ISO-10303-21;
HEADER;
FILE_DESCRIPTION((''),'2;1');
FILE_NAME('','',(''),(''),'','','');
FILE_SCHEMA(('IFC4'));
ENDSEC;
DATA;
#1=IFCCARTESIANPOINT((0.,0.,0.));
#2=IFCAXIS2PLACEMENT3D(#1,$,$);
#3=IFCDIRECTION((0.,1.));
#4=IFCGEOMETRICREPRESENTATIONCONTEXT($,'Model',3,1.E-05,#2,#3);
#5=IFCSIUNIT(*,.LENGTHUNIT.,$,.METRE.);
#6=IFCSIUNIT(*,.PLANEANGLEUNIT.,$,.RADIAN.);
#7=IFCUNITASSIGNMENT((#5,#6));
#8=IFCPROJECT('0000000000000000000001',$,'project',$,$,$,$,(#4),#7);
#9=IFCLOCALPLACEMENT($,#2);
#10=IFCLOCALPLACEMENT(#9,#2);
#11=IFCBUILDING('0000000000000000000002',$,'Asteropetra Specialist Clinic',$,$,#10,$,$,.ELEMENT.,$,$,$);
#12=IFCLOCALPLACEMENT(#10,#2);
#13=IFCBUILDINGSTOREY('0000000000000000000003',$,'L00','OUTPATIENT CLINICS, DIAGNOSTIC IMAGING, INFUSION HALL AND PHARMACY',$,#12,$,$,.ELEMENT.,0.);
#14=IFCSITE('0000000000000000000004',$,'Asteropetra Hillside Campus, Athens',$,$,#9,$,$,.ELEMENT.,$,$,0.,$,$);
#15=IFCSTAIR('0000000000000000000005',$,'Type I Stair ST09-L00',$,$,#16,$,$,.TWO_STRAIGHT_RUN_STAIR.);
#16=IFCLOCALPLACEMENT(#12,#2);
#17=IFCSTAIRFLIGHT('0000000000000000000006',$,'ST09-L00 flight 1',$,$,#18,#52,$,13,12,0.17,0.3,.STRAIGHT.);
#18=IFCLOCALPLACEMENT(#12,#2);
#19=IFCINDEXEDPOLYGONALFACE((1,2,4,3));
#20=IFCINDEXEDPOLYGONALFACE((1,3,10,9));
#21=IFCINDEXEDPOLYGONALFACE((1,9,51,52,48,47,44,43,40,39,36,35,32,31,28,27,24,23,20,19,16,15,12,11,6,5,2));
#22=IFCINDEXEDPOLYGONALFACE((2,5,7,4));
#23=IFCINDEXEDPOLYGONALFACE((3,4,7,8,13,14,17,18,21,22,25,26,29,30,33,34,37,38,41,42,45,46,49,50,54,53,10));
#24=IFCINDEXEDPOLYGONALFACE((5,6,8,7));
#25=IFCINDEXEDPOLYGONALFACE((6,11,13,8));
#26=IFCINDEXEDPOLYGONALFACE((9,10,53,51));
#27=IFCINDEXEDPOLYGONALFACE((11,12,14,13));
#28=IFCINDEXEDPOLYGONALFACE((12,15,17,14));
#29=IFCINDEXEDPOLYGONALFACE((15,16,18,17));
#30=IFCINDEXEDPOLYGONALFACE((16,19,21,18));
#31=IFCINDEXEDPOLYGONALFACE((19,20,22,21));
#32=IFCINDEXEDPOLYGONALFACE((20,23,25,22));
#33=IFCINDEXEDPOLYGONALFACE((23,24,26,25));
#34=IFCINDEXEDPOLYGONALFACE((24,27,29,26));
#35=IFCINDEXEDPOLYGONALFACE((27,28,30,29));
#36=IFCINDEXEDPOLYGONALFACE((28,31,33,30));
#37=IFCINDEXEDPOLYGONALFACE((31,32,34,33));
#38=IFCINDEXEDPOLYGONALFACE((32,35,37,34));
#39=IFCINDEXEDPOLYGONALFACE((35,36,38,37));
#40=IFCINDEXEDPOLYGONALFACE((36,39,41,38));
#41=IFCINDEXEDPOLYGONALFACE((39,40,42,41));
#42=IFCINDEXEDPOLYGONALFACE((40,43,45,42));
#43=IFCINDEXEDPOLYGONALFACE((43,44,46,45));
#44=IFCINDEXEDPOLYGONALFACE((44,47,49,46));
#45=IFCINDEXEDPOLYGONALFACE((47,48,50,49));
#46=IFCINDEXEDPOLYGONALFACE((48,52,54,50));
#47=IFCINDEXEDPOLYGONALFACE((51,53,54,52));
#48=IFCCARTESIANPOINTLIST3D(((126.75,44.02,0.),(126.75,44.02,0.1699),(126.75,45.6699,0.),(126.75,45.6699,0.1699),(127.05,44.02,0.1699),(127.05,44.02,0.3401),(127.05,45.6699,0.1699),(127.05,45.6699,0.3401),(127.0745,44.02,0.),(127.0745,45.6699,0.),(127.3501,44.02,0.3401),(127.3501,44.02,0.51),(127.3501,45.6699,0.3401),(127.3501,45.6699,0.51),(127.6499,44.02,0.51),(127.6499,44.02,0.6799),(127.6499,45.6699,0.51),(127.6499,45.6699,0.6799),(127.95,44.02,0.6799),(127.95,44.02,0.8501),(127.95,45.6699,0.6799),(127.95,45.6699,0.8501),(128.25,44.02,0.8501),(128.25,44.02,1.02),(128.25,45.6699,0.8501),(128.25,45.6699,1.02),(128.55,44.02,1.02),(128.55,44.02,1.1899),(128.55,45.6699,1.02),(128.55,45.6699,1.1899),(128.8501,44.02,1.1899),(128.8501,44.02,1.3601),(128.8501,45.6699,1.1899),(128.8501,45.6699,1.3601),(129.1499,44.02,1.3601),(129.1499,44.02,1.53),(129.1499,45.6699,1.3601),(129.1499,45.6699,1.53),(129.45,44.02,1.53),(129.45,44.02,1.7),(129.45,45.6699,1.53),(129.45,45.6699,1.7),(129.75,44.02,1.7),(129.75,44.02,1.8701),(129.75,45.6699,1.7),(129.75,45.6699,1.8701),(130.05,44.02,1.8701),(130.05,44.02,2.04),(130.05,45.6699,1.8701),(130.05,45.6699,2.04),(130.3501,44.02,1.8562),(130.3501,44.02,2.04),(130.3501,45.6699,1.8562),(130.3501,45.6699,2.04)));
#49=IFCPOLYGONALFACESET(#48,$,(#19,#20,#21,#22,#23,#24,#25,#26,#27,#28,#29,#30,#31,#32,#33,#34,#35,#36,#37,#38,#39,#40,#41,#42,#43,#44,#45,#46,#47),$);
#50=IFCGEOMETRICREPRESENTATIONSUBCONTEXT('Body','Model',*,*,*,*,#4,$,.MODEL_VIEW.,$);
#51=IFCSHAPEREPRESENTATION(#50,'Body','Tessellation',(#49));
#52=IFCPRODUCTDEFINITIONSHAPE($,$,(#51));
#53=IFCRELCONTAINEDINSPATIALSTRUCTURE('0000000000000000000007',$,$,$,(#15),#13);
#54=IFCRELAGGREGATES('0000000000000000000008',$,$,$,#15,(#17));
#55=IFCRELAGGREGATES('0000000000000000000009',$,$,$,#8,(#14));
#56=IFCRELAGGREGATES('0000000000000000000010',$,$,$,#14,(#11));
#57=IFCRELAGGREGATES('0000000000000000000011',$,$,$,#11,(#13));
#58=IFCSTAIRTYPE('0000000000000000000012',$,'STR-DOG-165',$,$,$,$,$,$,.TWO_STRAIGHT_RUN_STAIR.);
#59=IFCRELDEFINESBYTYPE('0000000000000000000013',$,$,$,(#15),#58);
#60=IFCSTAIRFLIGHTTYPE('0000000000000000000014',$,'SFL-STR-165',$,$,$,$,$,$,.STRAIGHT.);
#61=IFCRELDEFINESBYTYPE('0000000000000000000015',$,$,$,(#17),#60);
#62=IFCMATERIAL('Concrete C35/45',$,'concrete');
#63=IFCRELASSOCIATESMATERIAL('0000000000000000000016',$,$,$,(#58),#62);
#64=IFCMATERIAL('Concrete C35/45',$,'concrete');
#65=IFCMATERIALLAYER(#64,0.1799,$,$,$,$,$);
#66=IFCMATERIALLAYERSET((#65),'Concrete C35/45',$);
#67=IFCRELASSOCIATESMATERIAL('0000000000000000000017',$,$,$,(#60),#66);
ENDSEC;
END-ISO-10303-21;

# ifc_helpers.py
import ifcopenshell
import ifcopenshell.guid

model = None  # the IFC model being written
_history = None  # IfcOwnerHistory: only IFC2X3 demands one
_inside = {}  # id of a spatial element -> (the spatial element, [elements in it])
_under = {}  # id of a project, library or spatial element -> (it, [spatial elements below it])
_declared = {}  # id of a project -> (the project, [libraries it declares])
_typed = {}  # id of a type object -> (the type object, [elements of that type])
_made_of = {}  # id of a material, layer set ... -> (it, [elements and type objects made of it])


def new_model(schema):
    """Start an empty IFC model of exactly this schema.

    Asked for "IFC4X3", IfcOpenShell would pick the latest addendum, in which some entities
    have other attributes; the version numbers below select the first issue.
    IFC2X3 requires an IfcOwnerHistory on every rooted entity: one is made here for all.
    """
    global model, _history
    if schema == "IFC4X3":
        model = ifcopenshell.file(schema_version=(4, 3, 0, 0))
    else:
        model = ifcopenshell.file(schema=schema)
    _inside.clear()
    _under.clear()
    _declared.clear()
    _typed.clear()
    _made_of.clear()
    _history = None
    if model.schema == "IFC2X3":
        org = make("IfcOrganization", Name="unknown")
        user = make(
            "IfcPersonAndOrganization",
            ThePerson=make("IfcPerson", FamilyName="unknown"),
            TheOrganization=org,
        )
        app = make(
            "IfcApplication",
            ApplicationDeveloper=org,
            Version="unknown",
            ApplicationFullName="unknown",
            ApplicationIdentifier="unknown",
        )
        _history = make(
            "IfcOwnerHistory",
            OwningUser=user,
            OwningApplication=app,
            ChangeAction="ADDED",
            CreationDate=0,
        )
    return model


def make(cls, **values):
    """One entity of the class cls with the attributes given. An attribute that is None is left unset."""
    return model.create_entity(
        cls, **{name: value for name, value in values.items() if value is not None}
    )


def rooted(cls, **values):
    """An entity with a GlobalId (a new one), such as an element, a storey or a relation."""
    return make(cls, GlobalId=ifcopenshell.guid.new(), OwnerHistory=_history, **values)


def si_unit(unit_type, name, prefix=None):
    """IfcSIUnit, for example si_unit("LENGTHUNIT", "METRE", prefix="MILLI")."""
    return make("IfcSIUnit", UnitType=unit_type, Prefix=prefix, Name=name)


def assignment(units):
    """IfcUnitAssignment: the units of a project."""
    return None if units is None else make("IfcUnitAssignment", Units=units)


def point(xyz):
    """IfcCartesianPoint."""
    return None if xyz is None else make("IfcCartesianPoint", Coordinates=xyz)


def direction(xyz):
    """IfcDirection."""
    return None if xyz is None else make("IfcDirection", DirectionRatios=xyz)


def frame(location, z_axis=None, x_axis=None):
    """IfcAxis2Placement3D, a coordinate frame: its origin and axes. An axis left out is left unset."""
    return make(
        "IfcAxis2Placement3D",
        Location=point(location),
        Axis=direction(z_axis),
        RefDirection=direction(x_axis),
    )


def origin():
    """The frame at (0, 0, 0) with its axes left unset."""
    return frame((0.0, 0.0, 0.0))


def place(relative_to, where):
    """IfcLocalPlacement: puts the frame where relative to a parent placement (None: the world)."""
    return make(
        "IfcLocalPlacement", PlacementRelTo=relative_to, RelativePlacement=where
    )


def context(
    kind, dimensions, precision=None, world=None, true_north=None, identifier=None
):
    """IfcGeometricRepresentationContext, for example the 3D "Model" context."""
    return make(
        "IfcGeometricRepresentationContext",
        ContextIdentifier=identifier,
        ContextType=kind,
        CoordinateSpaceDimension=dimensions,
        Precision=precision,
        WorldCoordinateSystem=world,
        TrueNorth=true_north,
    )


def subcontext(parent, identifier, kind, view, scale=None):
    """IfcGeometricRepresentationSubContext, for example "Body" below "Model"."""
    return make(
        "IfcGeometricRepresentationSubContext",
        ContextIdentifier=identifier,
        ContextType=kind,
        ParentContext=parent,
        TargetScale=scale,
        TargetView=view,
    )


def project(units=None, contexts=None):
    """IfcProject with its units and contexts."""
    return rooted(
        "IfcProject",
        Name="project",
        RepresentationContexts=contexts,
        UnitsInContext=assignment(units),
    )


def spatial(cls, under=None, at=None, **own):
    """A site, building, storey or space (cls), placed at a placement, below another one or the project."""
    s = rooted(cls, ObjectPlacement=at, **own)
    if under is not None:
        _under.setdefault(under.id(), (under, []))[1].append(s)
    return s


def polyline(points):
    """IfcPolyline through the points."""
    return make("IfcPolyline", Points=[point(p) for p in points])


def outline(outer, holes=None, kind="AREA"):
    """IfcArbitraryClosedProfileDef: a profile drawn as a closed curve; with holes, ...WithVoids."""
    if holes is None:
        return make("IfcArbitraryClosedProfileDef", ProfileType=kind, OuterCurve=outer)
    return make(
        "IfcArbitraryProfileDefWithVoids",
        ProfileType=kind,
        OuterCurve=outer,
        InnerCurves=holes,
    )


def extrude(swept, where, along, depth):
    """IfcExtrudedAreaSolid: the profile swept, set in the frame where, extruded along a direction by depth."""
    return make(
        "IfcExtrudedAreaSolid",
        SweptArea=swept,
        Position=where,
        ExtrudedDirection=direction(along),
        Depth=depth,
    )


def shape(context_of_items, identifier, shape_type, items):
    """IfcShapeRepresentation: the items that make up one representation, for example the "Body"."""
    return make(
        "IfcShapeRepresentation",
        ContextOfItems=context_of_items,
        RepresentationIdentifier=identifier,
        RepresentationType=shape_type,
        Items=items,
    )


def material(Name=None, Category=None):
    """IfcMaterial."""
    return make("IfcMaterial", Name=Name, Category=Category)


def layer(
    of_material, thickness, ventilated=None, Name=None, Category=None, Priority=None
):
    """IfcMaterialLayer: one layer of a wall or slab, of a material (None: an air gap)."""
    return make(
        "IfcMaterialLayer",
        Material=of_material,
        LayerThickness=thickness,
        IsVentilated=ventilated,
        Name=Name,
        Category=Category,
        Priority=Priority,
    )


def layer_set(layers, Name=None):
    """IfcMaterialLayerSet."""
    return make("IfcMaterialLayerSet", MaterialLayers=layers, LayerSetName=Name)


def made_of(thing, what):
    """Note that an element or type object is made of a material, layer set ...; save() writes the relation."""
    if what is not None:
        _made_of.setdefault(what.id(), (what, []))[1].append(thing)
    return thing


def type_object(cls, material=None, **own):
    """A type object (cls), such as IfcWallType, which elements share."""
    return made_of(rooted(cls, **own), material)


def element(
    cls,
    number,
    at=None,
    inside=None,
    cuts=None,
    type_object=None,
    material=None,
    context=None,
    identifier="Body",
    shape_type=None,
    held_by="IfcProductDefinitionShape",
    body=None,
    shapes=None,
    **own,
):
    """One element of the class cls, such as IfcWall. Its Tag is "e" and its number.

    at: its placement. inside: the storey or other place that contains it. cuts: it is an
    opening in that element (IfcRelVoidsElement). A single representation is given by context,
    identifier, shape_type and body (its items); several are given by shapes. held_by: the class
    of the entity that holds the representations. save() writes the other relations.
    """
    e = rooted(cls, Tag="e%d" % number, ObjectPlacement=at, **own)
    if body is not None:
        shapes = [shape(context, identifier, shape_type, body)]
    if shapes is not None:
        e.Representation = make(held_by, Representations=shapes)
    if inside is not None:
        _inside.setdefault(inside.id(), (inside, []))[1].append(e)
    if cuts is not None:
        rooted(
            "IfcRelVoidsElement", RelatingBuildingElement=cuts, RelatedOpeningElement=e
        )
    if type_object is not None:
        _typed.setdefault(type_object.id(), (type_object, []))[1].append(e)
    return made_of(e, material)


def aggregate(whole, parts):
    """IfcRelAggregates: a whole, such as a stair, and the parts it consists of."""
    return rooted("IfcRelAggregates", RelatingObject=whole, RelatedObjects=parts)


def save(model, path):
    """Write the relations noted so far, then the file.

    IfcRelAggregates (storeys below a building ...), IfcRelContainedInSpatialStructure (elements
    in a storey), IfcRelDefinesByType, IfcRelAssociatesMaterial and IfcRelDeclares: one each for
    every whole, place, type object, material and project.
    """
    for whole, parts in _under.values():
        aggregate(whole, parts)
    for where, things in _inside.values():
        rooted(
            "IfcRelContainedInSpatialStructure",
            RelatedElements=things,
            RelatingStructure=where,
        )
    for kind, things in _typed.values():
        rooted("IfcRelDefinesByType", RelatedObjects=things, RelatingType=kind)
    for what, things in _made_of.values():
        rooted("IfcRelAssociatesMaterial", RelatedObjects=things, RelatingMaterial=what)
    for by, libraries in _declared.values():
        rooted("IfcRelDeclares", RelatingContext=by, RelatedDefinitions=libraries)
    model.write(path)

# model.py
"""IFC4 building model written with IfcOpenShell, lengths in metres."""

from ifc_helpers import new_model, si_unit, direction, frame, origin, place, context, subcontext, project, spatial, polyline, outline, extrude, material, layer, layer_set, type_object, element, aggregate, save


model = new_model("IFC4")

# Units and contexts
model_context = context("Model", 3, precision=1e-05, world=origin(), true_north=direction((0.0, 1.0)))
body_context = subcontext(model_context, "Body", "Model", "MODEL_VIEW")
ifc_project = project(units=[si_unit("LENGTHUNIT", "METRE"), si_unit("PLANEANGLEUNIT", "RADIAN")], contexts=[model_context])

# Site, building, storey
site_placement = place(None, origin())
site = spatial("IfcSite", under=ifc_project, at=site_placement, Name="Asteropetra Hillside Campus, Athens", CompositionType="ELEMENT", RefElevation=0.0)
building_placement = place(site_placement, origin())
building = spatial("IfcBuilding", under=site, at=building_placement, Name="Asteropetra Specialist Clinic", CompositionType="ELEMENT")
storey_placement = place(building_placement, origin())
storey = spatial("IfcBuildingStorey", under=building, at=storey_placement, Name="L00", Description="OUTPATIENT CLINICS, DIAGNOSTIC IMAGING, INFUSION HALL AND PHARMACY", CompositionType="ELEMENT", Elevation=0.0)

# Stair, stair flight
ifc_material_1 = material(Name="Concrete C35/45", Category="concrete")
stair_type = type_object("IfcStairType", Name="STR-DOG-165", PredefinedType="TWO_STRAIGHT_RUN_STAIR", material=ifc_material_1)
stair_placement = place(storey_placement, origin())
stair = element("IfcStair", 1, at=stair_placement, inside=storey, type_object=stair_type, Name="Type I Stair ST09-L00", PredefinedType="TWO_STRAIGHT_RUN_STAIR")
ifc_material_2 = material(Name="Concrete C35/45", Category="concrete")
ifc_layer_1 = layer(ifc_material_2, 0.1799)
ifc_layer_set_1 = layer_set([ifc_layer_1], Name="Concrete C35/45")
stair_flight_type = type_object("IfcStairFlightType", Name="SFL-STR-165", PredefinedType="STRAIGHT", material=ifc_layer_set_1)
stair_flight_placement = place(storey_placement, frame((126.75, 44.845, 0.0), z_axis=(0.0, 0.0, 1.0), x_axis=(1.0, 0.0, 0.0)))
stair_flight = element("IfcStairFlight", 2, at=stair_flight_placement, type_object=stair_flight_type, Name="ST09-L00 flight 1", NumberOfRisers=13, NumberOfTreads=12, PredefinedType="STRAIGHT", RiserHeight=0.17, TreadLength=0.3, context=body_context, shape_type="SweptSolid", body=[
    extrude(outline(polyline([(0.0, 0.0), (0.0, 0.1699), (0.3, 0.1699), (0.3, 0.3401), (0.6001, 0.3401), (0.6001, 0.51), (0.8999, 0.51), (0.8999, 0.6799), (1.2, 0.6799), (1.2, 0.8501), (1.5, 0.8501), (1.5, 1.02), (1.8, 1.02), (1.8, 1.1899), (2.1001, 1.1899), (2.1001, 1.3601), (2.3999, 1.3601), (2.3999, 1.53), (2.7, 1.53), (2.7, 1.7), (3.0, 1.7), (3.0, 1.8701), (3.3, 1.8701), (3.3, 2.04), (3.6001, 2.04), (3.6001, 2.21), (3.6001, 1.8562), (0.3245, 0.0), (0.0, 0.0)])), frame((0.0, 0.825, 0.0), z_axis=(0.0, -1.0, 0.0), x_axis=(1.0, 0.0, 0.0)), (0.0, 0.0, 1.0), 1.6499),
])
aggregate(stair, [stair_flight])

save(model, "model.ifc")
